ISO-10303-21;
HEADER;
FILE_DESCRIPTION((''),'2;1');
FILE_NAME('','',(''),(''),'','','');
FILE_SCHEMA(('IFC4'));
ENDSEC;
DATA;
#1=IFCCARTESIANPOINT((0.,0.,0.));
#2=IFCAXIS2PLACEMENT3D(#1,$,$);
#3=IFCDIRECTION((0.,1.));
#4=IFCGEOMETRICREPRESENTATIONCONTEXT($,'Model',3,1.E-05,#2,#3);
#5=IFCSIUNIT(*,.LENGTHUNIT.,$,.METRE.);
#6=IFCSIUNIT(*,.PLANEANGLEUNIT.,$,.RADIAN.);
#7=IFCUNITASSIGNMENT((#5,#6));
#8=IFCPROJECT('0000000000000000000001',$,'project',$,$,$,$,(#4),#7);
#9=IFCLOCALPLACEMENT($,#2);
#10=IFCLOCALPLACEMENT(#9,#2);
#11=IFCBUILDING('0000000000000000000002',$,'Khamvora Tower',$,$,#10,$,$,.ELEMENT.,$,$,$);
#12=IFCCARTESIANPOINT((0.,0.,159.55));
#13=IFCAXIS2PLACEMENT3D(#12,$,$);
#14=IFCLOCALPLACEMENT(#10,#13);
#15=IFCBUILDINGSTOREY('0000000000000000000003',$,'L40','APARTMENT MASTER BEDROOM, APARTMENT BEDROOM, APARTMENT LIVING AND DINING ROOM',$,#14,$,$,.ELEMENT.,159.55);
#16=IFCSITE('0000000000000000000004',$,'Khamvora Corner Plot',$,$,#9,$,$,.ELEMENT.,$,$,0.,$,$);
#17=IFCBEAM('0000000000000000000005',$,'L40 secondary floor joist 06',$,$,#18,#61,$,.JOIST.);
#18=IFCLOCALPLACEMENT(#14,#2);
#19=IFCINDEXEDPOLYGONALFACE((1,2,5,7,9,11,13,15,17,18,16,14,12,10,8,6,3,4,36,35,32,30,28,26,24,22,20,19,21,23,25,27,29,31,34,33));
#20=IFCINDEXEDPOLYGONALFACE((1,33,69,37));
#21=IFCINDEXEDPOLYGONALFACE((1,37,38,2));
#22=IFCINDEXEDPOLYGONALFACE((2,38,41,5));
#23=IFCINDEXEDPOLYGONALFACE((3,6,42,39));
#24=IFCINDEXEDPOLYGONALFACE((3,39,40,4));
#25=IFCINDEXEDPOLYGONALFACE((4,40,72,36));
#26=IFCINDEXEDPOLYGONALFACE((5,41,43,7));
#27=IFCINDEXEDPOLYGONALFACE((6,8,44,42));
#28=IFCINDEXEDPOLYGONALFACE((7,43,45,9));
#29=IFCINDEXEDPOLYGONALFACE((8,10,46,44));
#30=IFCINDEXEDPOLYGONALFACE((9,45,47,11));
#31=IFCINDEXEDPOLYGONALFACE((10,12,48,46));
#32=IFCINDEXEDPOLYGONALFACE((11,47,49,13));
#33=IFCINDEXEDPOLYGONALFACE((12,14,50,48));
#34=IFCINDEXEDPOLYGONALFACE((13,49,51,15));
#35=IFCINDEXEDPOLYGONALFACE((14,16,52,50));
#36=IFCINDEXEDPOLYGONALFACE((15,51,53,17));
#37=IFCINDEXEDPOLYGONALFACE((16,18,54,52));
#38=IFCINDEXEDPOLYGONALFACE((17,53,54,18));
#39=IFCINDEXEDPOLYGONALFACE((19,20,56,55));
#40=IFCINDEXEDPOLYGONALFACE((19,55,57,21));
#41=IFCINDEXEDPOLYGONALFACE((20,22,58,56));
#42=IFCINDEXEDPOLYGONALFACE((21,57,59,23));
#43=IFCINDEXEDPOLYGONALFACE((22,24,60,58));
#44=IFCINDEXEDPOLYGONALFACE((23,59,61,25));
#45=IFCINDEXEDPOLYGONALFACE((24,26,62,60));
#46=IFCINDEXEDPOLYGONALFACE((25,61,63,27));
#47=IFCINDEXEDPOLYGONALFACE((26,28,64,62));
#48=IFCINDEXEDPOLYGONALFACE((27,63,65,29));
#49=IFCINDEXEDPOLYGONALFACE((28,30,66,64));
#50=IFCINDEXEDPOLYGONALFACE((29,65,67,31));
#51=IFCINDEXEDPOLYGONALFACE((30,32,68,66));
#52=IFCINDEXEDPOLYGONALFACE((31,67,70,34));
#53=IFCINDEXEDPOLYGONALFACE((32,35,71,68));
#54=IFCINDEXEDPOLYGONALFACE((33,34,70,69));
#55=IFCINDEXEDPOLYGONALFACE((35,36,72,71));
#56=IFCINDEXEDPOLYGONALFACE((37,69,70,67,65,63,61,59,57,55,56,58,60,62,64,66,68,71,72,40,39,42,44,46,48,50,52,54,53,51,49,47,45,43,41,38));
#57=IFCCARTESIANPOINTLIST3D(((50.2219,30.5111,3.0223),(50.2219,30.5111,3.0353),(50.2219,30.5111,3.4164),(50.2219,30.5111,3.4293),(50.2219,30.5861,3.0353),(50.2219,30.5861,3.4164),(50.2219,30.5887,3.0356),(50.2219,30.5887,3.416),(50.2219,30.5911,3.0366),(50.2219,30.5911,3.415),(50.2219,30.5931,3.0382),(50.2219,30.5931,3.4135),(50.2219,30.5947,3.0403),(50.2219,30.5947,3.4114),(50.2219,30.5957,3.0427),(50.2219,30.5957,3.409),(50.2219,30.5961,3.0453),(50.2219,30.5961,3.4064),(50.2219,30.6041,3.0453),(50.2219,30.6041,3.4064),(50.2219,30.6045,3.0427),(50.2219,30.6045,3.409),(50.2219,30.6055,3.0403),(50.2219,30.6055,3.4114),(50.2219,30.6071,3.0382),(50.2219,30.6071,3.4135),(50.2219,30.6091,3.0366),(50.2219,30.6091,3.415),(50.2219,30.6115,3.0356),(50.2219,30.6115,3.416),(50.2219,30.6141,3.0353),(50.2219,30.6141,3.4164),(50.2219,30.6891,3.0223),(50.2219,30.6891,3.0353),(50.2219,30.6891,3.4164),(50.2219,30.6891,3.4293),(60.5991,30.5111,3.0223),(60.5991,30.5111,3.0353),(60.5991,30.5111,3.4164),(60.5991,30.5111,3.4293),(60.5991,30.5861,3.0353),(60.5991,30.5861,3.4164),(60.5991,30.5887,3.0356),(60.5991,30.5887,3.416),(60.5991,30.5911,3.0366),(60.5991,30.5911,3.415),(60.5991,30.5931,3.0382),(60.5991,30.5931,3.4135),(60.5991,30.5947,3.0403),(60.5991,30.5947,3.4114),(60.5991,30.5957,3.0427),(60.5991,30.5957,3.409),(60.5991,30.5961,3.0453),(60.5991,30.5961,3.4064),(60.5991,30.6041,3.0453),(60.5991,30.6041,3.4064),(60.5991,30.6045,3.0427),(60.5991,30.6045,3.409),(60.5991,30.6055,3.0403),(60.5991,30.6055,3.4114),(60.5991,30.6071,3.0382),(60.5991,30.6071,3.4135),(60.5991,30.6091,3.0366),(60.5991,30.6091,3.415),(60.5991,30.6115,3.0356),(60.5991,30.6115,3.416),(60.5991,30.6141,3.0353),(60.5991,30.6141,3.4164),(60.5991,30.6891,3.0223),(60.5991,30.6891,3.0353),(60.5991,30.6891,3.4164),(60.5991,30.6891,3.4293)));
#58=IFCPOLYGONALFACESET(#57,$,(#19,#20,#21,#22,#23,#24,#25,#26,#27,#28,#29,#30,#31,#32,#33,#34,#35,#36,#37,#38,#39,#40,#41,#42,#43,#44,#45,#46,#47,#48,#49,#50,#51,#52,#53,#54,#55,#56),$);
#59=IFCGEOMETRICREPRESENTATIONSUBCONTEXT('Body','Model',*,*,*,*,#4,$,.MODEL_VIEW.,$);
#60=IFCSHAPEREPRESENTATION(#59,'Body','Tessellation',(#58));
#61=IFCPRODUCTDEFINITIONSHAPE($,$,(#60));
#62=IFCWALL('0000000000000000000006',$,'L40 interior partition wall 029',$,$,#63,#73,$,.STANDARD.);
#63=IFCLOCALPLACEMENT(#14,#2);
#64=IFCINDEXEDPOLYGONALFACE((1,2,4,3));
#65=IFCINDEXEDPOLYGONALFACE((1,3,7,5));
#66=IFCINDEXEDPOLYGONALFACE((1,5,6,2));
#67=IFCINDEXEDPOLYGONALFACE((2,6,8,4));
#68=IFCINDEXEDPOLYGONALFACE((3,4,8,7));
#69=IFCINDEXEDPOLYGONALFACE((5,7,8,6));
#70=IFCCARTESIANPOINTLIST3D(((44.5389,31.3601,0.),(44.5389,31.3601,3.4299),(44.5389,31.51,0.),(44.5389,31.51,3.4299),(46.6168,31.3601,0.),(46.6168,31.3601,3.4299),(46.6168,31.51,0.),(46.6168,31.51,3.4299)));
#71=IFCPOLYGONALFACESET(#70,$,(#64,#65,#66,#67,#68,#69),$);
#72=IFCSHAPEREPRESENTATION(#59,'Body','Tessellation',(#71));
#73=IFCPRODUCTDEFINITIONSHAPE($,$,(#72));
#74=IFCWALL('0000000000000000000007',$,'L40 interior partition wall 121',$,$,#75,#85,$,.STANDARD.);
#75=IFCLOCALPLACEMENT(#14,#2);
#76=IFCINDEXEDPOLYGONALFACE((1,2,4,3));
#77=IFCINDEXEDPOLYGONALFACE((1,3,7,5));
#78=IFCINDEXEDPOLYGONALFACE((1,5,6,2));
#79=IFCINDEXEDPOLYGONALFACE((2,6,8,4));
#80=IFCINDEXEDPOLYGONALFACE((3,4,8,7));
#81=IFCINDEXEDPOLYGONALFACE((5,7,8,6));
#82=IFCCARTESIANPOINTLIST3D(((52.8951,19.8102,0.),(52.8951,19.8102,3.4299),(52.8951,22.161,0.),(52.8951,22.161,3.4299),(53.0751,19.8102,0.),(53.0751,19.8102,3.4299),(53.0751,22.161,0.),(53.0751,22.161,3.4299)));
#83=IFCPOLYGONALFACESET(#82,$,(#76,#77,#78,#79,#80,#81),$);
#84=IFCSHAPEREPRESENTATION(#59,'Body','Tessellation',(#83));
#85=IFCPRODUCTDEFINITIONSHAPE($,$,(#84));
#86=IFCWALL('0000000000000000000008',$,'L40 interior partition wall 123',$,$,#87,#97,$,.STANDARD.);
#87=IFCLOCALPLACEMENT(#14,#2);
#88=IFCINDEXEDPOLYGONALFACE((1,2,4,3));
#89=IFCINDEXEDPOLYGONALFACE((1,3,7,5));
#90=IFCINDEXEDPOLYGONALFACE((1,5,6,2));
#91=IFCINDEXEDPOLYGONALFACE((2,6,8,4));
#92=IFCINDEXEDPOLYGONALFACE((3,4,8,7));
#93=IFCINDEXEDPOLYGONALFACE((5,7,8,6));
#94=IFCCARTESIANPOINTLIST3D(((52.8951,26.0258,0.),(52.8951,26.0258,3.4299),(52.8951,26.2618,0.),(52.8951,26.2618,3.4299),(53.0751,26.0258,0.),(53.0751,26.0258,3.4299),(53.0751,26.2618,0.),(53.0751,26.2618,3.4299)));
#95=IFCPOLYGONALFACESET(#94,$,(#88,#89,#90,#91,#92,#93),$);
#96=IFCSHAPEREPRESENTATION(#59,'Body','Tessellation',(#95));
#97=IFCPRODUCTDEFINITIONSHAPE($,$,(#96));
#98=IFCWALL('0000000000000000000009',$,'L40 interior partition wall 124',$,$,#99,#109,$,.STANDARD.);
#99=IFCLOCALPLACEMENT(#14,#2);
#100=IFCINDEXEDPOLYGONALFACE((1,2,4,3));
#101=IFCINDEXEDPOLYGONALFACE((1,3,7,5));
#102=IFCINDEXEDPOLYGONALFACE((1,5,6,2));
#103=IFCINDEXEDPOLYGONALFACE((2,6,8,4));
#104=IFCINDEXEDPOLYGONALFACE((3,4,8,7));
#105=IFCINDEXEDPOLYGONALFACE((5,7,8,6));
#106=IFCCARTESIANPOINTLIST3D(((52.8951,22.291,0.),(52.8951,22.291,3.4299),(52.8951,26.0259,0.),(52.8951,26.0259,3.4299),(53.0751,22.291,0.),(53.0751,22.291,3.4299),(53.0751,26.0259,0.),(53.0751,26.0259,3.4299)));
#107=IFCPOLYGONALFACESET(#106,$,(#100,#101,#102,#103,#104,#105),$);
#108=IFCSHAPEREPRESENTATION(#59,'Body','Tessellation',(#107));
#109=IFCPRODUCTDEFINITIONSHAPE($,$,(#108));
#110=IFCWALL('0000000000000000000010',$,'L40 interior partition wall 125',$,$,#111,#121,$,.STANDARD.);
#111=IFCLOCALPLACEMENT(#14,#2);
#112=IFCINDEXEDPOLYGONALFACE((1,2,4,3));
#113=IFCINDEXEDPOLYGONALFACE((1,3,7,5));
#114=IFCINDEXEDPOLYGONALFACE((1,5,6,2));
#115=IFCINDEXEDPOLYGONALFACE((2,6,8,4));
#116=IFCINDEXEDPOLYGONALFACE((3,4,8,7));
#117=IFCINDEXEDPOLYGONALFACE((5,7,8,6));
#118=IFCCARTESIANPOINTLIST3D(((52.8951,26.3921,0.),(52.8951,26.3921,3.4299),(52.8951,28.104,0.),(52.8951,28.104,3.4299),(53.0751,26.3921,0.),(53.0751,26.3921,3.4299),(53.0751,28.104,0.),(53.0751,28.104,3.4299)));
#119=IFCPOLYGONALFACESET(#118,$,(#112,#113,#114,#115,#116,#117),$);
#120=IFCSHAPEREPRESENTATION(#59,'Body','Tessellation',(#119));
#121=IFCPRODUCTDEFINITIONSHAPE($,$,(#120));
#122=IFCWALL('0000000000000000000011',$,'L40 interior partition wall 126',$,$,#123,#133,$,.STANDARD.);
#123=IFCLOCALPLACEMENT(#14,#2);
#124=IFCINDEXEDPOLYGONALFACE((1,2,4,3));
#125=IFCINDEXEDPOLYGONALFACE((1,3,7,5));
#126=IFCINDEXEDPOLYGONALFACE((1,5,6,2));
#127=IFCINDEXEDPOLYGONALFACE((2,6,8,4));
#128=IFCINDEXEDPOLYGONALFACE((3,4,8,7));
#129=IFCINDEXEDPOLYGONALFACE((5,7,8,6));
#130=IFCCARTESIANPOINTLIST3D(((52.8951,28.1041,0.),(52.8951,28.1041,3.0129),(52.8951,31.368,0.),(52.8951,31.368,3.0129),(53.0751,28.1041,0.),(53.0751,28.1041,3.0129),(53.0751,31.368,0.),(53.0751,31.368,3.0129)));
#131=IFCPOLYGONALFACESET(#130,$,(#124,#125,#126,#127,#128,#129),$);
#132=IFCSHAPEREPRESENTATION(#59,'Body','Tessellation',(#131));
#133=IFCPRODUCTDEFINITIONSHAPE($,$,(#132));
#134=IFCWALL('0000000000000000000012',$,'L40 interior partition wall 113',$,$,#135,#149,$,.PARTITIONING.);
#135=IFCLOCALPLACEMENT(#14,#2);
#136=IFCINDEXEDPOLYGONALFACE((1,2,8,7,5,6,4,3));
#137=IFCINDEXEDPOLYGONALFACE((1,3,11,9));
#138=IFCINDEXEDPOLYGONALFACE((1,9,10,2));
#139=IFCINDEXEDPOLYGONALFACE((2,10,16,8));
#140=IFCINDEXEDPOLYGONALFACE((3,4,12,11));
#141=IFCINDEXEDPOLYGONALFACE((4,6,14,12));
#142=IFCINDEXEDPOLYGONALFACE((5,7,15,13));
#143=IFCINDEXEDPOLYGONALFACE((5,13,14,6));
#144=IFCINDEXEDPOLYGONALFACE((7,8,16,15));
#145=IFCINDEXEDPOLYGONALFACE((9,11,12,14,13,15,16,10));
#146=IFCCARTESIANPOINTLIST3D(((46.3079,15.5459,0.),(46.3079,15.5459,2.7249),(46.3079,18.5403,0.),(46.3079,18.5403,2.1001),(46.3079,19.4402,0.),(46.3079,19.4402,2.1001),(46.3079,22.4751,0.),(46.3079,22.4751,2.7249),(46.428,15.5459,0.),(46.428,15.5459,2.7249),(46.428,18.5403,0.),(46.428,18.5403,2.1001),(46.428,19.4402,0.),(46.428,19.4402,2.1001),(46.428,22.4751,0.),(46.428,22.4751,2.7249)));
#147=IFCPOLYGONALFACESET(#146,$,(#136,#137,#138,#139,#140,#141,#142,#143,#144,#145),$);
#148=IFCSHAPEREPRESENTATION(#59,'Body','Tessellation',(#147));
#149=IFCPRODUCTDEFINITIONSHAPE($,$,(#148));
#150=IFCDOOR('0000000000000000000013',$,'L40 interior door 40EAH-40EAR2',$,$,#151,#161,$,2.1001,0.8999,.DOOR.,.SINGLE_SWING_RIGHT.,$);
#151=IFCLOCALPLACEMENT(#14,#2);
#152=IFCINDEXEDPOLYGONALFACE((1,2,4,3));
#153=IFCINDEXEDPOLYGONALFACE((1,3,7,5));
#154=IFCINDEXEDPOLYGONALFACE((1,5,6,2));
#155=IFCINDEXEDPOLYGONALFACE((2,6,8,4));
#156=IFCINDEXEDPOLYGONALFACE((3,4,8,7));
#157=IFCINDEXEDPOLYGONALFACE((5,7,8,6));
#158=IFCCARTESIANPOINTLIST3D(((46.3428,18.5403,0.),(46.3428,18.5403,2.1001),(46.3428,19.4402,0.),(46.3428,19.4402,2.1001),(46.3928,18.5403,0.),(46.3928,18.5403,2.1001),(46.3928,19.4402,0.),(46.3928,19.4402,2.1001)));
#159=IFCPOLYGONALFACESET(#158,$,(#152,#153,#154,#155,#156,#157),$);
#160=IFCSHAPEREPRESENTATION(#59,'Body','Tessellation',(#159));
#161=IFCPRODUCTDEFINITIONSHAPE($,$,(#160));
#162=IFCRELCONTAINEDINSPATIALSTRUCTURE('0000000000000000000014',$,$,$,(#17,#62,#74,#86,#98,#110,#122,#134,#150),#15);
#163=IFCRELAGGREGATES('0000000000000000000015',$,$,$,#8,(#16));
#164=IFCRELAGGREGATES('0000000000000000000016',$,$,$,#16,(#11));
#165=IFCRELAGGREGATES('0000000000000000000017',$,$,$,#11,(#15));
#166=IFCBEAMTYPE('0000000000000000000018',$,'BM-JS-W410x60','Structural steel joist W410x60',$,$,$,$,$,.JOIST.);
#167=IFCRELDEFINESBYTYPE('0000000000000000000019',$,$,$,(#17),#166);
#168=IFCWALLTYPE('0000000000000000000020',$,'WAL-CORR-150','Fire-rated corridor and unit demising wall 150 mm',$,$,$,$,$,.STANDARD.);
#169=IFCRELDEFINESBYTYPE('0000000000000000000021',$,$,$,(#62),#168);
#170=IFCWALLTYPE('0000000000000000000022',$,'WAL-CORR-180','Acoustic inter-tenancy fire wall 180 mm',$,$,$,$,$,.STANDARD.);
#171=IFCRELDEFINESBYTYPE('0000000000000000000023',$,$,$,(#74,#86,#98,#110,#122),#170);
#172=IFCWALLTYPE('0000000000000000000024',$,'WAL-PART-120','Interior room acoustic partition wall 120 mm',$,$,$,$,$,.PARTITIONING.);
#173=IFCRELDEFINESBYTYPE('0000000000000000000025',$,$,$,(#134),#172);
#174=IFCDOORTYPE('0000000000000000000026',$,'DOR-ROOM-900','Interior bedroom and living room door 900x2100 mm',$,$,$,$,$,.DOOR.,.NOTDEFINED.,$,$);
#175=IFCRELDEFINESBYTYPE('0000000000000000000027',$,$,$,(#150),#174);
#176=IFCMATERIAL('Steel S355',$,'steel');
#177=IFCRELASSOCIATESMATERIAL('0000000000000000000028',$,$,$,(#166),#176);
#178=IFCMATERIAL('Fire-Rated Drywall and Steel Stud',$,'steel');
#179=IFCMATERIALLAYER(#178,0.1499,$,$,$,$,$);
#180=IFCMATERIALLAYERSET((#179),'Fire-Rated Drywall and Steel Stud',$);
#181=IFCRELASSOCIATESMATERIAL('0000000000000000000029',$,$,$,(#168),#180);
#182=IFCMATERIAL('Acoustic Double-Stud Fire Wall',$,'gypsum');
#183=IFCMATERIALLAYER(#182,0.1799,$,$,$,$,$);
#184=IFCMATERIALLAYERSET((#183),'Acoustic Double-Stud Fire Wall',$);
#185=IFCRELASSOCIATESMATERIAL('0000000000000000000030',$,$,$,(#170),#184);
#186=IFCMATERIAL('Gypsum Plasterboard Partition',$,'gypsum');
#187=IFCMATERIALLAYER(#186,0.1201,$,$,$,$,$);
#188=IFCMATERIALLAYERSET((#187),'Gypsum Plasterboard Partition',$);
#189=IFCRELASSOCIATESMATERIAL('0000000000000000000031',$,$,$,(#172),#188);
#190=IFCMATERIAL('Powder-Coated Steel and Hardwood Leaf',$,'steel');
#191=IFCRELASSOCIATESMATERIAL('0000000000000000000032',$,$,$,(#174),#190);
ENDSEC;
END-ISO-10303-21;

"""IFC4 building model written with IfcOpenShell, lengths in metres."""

from ifc_helpers import new_model, si_unit, direction, frame, frame_2d, origin, origin_2d, place, context, subcontext, project, spatial, rectangle, i_section, extrude, material, layer, layer_set, material_profile, profile_set, type_object, element, fill, save


model = new_model("IFC4")

# Units and contexts
model_context = context("Model", 3, precision=1e-05, world=origin(), true_north=direction((0.0, 1.0)))
body_context = subcontext(model_context, "Body", "Model", "MODEL_VIEW")
ifc_project = project(units=[si_unit("LENGTHUNIT", "METRE"), si_unit("PLANEANGLEUNIT", "RADIAN")], contexts=[model_context])

# Site, building, storey
site_placement = place(None, origin())
site = spatial("IfcSite", under=ifc_project, at=site_placement, Name="Khamvora Corner Plot", CompositionType="ELEMENT", RefElevation=0.0)
building_placement = place(site_placement, origin())
building = spatial("IfcBuilding", under=site, at=building_placement, Name="Khamvora Tower", CompositionType="ELEMENT")
storey_placement = place(building_placement, frame((0.0, 0.0, 159.55)))
storey = spatial("IfcBuildingStorey", under=building, at=storey_placement, Name="L40", Description="APARTMENT MASTER BEDROOM, APARTMENT BEDROOM, APARTMENT LIVING AND DINING ROOM", CompositionType="ELEMENT", Elevation=159.55)

# Beam
ifc_material_1 = material(Name="Steel S355", Category="steel")
ifc_material_profile = material_profile(ifc_material_1, i_section(OverallWidth=0.178, OverallDepth=0.407, WebThickness=0.0081, FlangeThickness=0.0129, FilletRadius=0.01, at=origin_2d()), Name="W410x60")
ifc_profile_set = profile_set([ifc_material_profile], Name="Steel S355")
beam_type = type_object("IfcBeamType", Name="BM-JS-W410x60", Description="Structural steel joist W410x60", PredefinedType="JOIST", material=ifc_profile_set)
beam_placement = place(storey_placement, frame((50.2219, 30.6001, 3.2258), z_axis=(1.0, 0.0, 0.0), x_axis=(0.0, 1.0, 0.0)))
element("IfcBeam", 1, at=beam_placement, inside=storey, type_object=beam_type, Name="L40 secondary floor joist 06", PredefinedType="JOIST", context=body_context, shape_type="SweptSolid", body=[
    extrude(i_section(OverallWidth=0.178, OverallDepth=0.407, WebThickness=0.0081, FlangeThickness=0.0129, FilletRadius=0.01, at=origin_2d()), origin(), (0.0, 0.0, 1.0), 10.3772),
])

# Walls
ifc_material_2 = material(Name="Fire-Rated Drywall and Steel Stud", Category="steel")
ifc_layer_1 = layer(ifc_material_2, 0.1499)
ifc_layer_set_1 = layer_set([ifc_layer_1], Name="Fire-Rated Drywall and Steel Stud")
wall_type_1 = type_object("IfcWallType", Name="WAL-CORR-150", Description="Fire-rated corridor and unit demising wall 150 mm", PredefinedType="STANDARD", material=ifc_layer_set_1)
wall_1_placement = place(storey_placement, frame((46.6169, 31.4351, 0.0), z_axis=(0.0, 0.0, 1.0), x_axis=(-1.0, 0.0, 0.0)))
element("IfcWall", 2, at=wall_1_placement, inside=storey, type_object=wall_type_1, Name="L40 interior partition wall 029", PredefinedType="STANDARD", context=body_context, shape_type="SweptSolid", body=[
    extrude(rectangle(XDim=2.0779, YDim=0.1499, at=frame_2d((1.0391, 0.0))), origin(), (0.0, 0.0, 1.0), 3.4299),
])
ifc_material_3 = material(Name="Acoustic Double-Stud Fire Wall", Category="gypsum")
ifc_layer_2 = layer(ifc_material_3, 0.1799)
ifc_layer_set_2 = layer_set([ifc_layer_2], Name="Acoustic Double-Stud Fire Wall")
wall_type_2 = type_object("IfcWallType", Name="WAL-CORR-180", Description="Acoustic inter-tenancy fire wall 180 mm", PredefinedType="STANDARD", material=ifc_layer_set_2)
wall_2_placement = place(storey_placement, frame((52.9851, 22.1609, 0.0), z_axis=(0.0, 0.0, 1.0), x_axis=(0.0, -1.0, 0.0)))
element("IfcWall", 3, at=wall_2_placement, inside=storey, type_object=wall_type_2, Name="L40 interior partition wall 121", PredefinedType="STANDARD", context=body_context, shape_type="SweptSolid", body=[
    extrude(rectangle(XDim=2.3508, YDim=0.1799, at=frame_2d((1.1753, 0.0))), origin(), (0.0, 0.0, 1.0), 3.4299),
])
wall_3_placement = place(storey_placement, frame((52.9851, 26.262, 0.0), z_axis=(0.0, 0.0, 1.0), x_axis=(0.0, -1.0, 0.0)))
element("IfcWall", 4, at=wall_3_placement, inside=storey, type_object=wall_type_2, Name="L40 interior partition wall 123", PredefinedType="STANDARD", context=body_context, shape_type="SweptSolid", body=[
    extrude(rectangle(XDim=0.2361, YDim=0.1799, at=frame_2d((0.1182, 0.0))), origin(), (0.0, 0.0, 1.0), 3.4299),
])
wall_4_placement = place(storey_placement, frame((52.9851, 26.0259, 0.0), z_axis=(0.0, 0.0, 1.0), x_axis=(0.0, -1.0, 0.0)))
element("IfcWall", 5, at=wall_4_placement, inside=storey, type_object=wall_type_2, Name="L40 interior partition wall 124", PredefinedType="STANDARD", context=body_context, shape_type="SweptSolid", body=[
    extrude(rectangle(XDim=3.7349, YDim=0.1799, at=frame_2d((1.8674, 0.0))), origin(), (0.0, 0.0, 1.0), 3.4299),
])
wall_5_placement = place(storey_placement, frame((52.9851, 28.104, 0.0), z_axis=(0.0, 0.0, 1.0), x_axis=(0.0, -1.0, 0.0)))
element("IfcWall", 6, at=wall_5_placement, inside=storey, type_object=wall_type_2, Name="L40 interior partition wall 125", PredefinedType="STANDARD", context=body_context, shape_type="SweptSolid", body=[
    extrude(rectangle(XDim=1.7119, YDim=0.1799, at=frame_2d((0.856, 0.0))), origin(), (0.0, 0.0, 1.0), 3.4299),
])
wall_6_placement = place(storey_placement, frame((52.9851, 31.3679, 0.0), z_axis=(0.0, 0.0, 1.0), x_axis=(0.0, -1.0, 0.0)))
element("IfcWall", 7, at=wall_6_placement, inside=storey, type_object=wall_type_2, Name="L40 interior partition wall 126", PredefinedType="STANDARD", context=body_context, shape_type="SweptSolid", body=[
    extrude(rectangle(XDim=3.2639, YDim=0.1799, at=frame_2d((1.6318, 0.0))), origin(), (0.0, 0.0, 1.0), 3.0129),
])

# Wall, opening, door
ifc_material_4 = material(Name="Gypsum Plasterboard Partition", Category="gypsum")
ifc_layer_3 = layer(ifc_material_4, 0.1201)
ifc_layer_set_3 = layer_set([ifc_layer_3], Name="Gypsum Plasterboard Partition")
wall_type_3 = type_object("IfcWallType", Name="WAL-PART-120", Description="Interior room acoustic partition wall 120 mm", PredefinedType="PARTITIONING", material=ifc_layer_set_3)
wall_7_placement = place(storey_placement, frame((46.3679, 22.4751, 0.0), z_axis=(0.0, 0.0, 1.0), x_axis=(0.0, -1.0, 0.0)))
wall_7 = element("IfcWall", 8, at=wall_7_placement, inside=storey, type_object=wall_type_3, Name="L40 interior partition wall 113", PredefinedType="PARTITIONING", context=body_context, shape_type="SweptSolid", body=[
    extrude(rectangle(XDim=6.9292, YDim=0.1201, at=frame_2d((3.4646, 0.0))), origin(), (0.0, 0.0, 1.0), 2.7249),
])
opening_1_placement = place(wall_7_placement, frame((3.0349, 0.0, 0.0)))
opening_1 = element("IfcOpeningElement", 9, at=opening_1_placement, cuts=wall_7, PredefinedType="OPENING", context=body_context, shape_type="SweptSolid", body=[
    extrude(rectangle(XDim=0.8999, YDim=2.1001, at=frame_2d((0.45, 1.05))), frame((0.0, 0.0701, 0.0), z_axis=(0.0, -1.0, 0.0), x_axis=(1.0, 0.0, 0.0)), (0.0, 0.0, 1.0), 0.1401),
])
ifc_material_5 = material(Name="Powder-Coated Steel and Hardwood Leaf", Category="steel")
door_type = type_object("IfcDoorType", Name="DOR-ROOM-900", Description="Interior bedroom and living room door 900x2100 mm", OperationType="NOTDEFINED", PredefinedType="DOOR", material=ifc_material_5)
door_1_placement = place(opening_1_placement, origin())
door_1 = element("IfcDoor", 10, at=door_1_placement, inside=storey, type_object=door_type, Name="L40 interior door 40EAH-40EAR2", OperationType="SINGLE_SWING_RIGHT", OverallHeight=2.1001, OverallWidth=0.8999, PredefinedType="DOOR", context=body_context, shape_type="SweptSolid", body=[
    extrude(rectangle(XDim=0.8999, YDim=2.1001, at=frame_2d((0.45, 1.05))), frame((0.0, 0.0249, 0.0), z_axis=(0.0, -1.0, 0.0), x_axis=(1.0, 0.0, 0.0)), (0.0, 0.0, 1.0), 0.05),
])
fill(opening_1, door_1)

save(model, "model.ifc")
